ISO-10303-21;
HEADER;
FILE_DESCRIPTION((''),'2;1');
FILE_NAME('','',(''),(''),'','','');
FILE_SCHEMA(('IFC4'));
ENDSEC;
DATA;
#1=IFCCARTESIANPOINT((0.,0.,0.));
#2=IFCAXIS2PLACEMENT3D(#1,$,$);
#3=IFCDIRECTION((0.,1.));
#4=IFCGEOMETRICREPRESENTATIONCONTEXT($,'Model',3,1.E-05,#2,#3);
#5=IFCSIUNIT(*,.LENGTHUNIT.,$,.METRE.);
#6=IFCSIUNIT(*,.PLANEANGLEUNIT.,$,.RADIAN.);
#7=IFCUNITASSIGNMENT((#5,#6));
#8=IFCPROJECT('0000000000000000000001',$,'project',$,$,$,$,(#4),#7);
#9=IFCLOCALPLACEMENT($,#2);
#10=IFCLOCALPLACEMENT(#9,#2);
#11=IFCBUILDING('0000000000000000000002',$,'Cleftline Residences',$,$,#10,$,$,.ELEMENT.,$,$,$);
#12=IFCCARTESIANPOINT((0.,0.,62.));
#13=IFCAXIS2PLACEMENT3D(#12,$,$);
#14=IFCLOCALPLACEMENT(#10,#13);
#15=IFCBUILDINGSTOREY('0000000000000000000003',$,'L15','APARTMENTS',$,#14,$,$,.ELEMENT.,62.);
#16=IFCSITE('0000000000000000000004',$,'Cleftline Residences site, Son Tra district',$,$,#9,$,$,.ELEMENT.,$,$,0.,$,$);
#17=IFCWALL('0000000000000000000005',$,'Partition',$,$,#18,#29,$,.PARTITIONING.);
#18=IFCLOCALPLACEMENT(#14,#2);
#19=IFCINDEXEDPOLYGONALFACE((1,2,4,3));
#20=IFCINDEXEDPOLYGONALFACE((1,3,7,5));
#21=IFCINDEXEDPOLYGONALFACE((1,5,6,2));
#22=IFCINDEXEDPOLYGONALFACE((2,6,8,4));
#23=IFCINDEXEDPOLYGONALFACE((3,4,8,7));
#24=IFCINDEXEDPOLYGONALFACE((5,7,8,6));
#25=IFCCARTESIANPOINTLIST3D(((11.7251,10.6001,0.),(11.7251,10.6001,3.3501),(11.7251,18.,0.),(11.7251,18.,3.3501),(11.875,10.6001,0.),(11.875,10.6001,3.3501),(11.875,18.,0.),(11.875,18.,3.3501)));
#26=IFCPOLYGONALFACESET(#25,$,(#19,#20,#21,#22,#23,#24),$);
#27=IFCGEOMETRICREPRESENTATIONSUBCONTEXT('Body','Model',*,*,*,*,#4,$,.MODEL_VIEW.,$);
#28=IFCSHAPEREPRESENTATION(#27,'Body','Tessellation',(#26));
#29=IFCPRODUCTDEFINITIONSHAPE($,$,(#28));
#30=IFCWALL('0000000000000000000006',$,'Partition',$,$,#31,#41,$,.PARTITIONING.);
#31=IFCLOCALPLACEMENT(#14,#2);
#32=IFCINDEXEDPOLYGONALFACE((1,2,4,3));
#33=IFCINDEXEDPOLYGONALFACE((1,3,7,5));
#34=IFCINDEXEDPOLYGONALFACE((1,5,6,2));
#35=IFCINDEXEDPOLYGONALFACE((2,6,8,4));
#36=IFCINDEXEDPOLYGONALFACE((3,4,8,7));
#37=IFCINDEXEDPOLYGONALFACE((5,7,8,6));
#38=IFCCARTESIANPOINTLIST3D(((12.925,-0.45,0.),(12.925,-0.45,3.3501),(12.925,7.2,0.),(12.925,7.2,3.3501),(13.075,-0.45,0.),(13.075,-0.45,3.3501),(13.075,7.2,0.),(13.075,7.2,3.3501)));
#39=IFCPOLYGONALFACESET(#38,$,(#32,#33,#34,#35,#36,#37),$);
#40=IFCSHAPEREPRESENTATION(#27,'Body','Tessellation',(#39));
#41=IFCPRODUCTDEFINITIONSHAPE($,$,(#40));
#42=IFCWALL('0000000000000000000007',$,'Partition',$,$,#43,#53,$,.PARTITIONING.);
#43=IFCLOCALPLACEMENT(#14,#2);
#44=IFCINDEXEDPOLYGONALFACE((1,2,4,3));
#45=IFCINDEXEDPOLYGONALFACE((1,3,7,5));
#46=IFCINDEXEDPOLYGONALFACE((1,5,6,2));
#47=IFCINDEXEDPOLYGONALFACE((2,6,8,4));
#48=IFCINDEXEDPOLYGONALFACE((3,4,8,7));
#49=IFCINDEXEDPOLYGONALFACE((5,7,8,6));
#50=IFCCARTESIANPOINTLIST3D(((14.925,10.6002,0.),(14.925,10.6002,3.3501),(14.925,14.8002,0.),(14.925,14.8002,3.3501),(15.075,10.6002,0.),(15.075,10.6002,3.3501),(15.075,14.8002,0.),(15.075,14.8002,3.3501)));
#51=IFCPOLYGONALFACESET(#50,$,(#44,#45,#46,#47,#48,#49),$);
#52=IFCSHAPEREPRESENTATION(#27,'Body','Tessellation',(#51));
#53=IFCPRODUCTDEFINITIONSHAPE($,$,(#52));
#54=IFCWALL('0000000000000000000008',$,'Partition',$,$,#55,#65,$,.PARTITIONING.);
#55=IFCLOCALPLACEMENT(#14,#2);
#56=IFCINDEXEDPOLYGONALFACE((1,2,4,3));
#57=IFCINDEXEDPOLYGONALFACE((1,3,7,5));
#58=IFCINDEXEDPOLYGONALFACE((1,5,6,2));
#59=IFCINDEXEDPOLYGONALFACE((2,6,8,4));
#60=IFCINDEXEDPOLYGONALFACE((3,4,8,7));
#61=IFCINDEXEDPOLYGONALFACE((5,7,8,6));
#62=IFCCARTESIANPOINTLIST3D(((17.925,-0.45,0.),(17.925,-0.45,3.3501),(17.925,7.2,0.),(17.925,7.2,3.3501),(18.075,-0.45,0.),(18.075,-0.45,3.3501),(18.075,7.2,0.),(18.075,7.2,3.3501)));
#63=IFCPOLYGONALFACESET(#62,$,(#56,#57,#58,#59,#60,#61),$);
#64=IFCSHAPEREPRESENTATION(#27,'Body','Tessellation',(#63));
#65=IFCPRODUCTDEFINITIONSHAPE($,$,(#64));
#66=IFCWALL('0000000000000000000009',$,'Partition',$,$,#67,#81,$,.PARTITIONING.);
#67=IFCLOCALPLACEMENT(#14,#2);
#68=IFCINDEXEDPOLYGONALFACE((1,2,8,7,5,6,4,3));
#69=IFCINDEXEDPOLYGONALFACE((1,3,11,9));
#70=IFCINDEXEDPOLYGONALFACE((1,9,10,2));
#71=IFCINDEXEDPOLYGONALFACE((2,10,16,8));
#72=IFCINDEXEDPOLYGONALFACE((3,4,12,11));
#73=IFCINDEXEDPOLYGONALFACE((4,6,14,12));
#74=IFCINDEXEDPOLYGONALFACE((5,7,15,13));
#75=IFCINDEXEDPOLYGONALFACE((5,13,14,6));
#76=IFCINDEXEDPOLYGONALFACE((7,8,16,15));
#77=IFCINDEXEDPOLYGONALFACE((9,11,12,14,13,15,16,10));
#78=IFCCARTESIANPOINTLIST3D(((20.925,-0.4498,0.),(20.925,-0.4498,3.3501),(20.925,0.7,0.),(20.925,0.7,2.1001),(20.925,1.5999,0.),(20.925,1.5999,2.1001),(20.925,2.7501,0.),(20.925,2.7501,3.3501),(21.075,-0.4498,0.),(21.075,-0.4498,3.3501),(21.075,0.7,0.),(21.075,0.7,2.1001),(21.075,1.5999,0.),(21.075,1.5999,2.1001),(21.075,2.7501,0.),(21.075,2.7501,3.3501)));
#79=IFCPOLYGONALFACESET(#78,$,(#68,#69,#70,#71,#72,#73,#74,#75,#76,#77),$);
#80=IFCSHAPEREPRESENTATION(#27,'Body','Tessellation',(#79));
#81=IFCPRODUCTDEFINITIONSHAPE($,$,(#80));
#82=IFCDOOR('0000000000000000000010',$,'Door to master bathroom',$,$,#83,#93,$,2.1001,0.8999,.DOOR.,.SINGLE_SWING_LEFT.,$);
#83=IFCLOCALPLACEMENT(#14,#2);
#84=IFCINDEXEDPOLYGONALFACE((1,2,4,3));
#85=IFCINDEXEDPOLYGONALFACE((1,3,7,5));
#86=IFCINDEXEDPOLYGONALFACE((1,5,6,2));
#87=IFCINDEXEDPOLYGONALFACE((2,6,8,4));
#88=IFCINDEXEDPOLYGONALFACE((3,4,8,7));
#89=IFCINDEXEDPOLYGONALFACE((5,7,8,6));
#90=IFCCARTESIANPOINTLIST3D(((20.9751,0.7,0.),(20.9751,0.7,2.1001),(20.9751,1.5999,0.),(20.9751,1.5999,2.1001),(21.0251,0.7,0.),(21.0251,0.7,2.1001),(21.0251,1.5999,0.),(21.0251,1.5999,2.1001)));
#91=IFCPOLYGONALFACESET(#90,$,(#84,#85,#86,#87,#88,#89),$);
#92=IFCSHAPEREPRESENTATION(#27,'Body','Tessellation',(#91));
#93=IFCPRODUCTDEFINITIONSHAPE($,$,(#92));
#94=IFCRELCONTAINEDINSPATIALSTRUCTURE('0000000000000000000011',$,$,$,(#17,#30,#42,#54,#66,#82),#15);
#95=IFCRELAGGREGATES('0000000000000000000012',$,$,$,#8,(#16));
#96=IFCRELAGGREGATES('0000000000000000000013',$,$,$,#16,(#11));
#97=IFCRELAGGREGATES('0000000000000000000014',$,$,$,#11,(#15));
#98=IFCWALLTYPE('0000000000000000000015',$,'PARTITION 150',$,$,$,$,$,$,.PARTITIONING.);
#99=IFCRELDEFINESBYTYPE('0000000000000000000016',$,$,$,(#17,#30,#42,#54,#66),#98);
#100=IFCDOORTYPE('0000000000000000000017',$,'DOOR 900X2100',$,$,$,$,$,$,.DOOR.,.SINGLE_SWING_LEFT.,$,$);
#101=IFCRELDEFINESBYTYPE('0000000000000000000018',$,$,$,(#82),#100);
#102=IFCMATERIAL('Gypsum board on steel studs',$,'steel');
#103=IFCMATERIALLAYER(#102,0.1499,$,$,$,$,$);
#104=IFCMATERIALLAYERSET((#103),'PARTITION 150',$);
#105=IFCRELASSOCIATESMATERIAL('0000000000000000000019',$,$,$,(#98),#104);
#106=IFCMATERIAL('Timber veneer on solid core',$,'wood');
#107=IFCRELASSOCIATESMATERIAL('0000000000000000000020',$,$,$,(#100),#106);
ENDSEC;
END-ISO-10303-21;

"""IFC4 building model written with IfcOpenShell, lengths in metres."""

from ifc_helpers import new_model, si_unit, direction, frame, frame_2d, origin, place, context, subcontext, project, spatial, rectangle, extrude, material, layer, layer_set, type_object, element, fill, save


model = new_model("IFC4")

# Units and contexts
model_context = context("Model", 3, precision=1e-05, world=origin(), true_north=direction((0.0, 1.0)))
body_context = subcontext(model_context, "Body", "Model", "MODEL_VIEW")
ifc_project = project(units=[si_unit("LENGTHUNIT", "METRE"), si_unit("PLANEANGLEUNIT", "RADIAN")], contexts=[model_context])

# Site, building, storey
site_placement = place(None, origin())
site = spatial("IfcSite", under=ifc_project, at=site_placement, Name="Cleftline Residences site, Son Tra district", CompositionType="ELEMENT", RefElevation=0.0)
building_placement = place(site_placement, origin())
building = spatial("IfcBuilding", under=site, at=building_placement, Name="Cleftline Residences", CompositionType="ELEMENT")
storey_placement = place(building_placement, frame((0.0, 0.0, 62.0)))
storey = spatial("IfcBuildingStorey", under=building, at=storey_placement, Name="L15", Description="APARTMENTS", CompositionType="ELEMENT", Elevation=62.0)

# Shared definitions
ifc_material_1 = material(Name="Gypsum board on steel studs", Category="steel")
ifc_layer_1 = layer(ifc_material_1, 0.1499)
ifc_layer_set_1 = layer_set([ifc_layer_1], Name="PARTITION 150")
wall_type = type_object("IfcWallType", Name="PARTITION 150", PredefinedType="PARTITIONING", material=ifc_layer_set_1)

# Walls
wall_1_placement = place(storey_placement, frame((11.8, 10.6001, 0.0), z_axis=(0.0, 0.0, 1.0), x_axis=(0.0, 1.0, 0.0)))
element("IfcWall", 1, at=wall_1_placement, inside=storey, type_object=wall_type, Name="Partition", PredefinedType="PARTITIONING", context=body_context, shape_type="SweptSolid", body=[
    extrude(rectangle(XDim=7.3999, YDim=0.1499, at=frame_2d((3.7, 0.0))), origin(), (0.0, 0.0, 1.0), 3.3501),
])
wall_2_placement = place(storey_placement, frame((13.0, -0.45, 0.0), z_axis=(0.0, 0.0, 1.0), x_axis=(0.0, 1.0, 0.0)))
element("IfcWall", 2, at=wall_2_placement, inside=storey, type_object=wall_type, Name="Partition", PredefinedType="PARTITIONING", context=body_context, shape_type="SweptSolid", body=[
    extrude(rectangle(XDim=7.6499, YDim=0.1499, at=frame_2d((3.825, 0.0))), origin(), (0.0, 0.0, 1.0), 3.3501),
])
wall_3_placement = place(storey_placement, frame((15.0, 10.6001, 0.0), z_axis=(0.0, 0.0, 1.0), x_axis=(0.0, 1.0, 0.0)))
element("IfcWall", 3, at=wall_3_placement, inside=storey, type_object=wall_type, Name="Partition", PredefinedType="PARTITIONING", context=body_context, shape_type="SweptSolid", body=[
    extrude(rectangle(XDim=4.2, YDim=0.1499, at=frame_2d((2.1001, 0.0))), origin(), (0.0, 0.0, 1.0), 3.3501),
])
wall_4_placement = place(storey_placement, frame((18.0, -0.45, 0.0), z_axis=(0.0, 0.0, 1.0), x_axis=(0.0, 1.0, 0.0)))
element("IfcWall", 4, at=wall_4_placement, inside=storey, type_object=wall_type, Name="Partition", PredefinedType="PARTITIONING", context=body_context, shape_type="SweptSolid", body=[
    extrude(rectangle(XDim=7.6499, YDim=0.1499, at=frame_2d((3.825, 0.0))), origin(), (0.0, 0.0, 1.0), 3.3501),
])

# Wall, opening, door
wall_5_placement = place(storey_placement, frame((21.0, -0.45, 0.0), z_axis=(0.0, 0.0, 1.0), x_axis=(0.0, 1.0, 0.0)))
wall_5 = element("IfcWall", 5, at=wall_5_placement, inside=storey, type_object=wall_type, Name="Partition", PredefinedType="PARTITIONING", context=body_context, shape_type="SweptSolid", body=[
    extrude(rectangle(XDim=3.2, YDim=0.1499, at=frame_2d((1.6001, 0.0))), origin(), (0.0, 0.0, 1.0), 3.3501),
])
opening_1_placement = place(wall_5_placement, frame((1.1499, 0.0, 0.0)))
opening_1 = element("IfcOpeningElement", 6, at=opening_1_placement, cuts=wall_5, PredefinedType="OPENING", context=body_context, shape_type="SweptSolid", body=[
    extrude(rectangle(XDim=0.8999, YDim=2.1001, at=frame_2d((0.45, 1.05))), frame((0.0, 0.085, 0.0), z_axis=(0.0, -1.0, 0.0), x_axis=(1.0, 0.0, 0.0)), (0.0, 0.0, 1.0), 0.1699),
])
ifc_material_2 = material(Name="Timber veneer on solid core", Category="wood")
door_type_1 = type_object("IfcDoorType", Name="DOOR 900X2100", OperationType="SINGLE_SWING_LEFT", PredefinedType="DOOR", material=ifc_material_2)
door_1_placement = place(opening_1_placement, origin())
door_1 = element("IfcDoor", 7, at=door_1_placement, inside=storey, type_object=door_type_1, Name="Door to master bathroom", OperationType="SINGLE_SWING_LEFT", OverallHeight=2.1001, OverallWidth=0.8999, PredefinedType="DOOR", context=body_context, shape_type="SweptSolid", body=[
    extrude(rectangle(XDim=0.8999, YDim=2.1001, at=frame_2d((0.45, 1.05))), frame((0.0, 0.0249, 0.0), z_axis=(0.0, -1.0, 0.0), x_axis=(1.0, 0.0, 0.0)), (0.0, 0.0, 1.0), 0.05),
])
fill(opening_1, door_1)

save(model, "model.ifc")
